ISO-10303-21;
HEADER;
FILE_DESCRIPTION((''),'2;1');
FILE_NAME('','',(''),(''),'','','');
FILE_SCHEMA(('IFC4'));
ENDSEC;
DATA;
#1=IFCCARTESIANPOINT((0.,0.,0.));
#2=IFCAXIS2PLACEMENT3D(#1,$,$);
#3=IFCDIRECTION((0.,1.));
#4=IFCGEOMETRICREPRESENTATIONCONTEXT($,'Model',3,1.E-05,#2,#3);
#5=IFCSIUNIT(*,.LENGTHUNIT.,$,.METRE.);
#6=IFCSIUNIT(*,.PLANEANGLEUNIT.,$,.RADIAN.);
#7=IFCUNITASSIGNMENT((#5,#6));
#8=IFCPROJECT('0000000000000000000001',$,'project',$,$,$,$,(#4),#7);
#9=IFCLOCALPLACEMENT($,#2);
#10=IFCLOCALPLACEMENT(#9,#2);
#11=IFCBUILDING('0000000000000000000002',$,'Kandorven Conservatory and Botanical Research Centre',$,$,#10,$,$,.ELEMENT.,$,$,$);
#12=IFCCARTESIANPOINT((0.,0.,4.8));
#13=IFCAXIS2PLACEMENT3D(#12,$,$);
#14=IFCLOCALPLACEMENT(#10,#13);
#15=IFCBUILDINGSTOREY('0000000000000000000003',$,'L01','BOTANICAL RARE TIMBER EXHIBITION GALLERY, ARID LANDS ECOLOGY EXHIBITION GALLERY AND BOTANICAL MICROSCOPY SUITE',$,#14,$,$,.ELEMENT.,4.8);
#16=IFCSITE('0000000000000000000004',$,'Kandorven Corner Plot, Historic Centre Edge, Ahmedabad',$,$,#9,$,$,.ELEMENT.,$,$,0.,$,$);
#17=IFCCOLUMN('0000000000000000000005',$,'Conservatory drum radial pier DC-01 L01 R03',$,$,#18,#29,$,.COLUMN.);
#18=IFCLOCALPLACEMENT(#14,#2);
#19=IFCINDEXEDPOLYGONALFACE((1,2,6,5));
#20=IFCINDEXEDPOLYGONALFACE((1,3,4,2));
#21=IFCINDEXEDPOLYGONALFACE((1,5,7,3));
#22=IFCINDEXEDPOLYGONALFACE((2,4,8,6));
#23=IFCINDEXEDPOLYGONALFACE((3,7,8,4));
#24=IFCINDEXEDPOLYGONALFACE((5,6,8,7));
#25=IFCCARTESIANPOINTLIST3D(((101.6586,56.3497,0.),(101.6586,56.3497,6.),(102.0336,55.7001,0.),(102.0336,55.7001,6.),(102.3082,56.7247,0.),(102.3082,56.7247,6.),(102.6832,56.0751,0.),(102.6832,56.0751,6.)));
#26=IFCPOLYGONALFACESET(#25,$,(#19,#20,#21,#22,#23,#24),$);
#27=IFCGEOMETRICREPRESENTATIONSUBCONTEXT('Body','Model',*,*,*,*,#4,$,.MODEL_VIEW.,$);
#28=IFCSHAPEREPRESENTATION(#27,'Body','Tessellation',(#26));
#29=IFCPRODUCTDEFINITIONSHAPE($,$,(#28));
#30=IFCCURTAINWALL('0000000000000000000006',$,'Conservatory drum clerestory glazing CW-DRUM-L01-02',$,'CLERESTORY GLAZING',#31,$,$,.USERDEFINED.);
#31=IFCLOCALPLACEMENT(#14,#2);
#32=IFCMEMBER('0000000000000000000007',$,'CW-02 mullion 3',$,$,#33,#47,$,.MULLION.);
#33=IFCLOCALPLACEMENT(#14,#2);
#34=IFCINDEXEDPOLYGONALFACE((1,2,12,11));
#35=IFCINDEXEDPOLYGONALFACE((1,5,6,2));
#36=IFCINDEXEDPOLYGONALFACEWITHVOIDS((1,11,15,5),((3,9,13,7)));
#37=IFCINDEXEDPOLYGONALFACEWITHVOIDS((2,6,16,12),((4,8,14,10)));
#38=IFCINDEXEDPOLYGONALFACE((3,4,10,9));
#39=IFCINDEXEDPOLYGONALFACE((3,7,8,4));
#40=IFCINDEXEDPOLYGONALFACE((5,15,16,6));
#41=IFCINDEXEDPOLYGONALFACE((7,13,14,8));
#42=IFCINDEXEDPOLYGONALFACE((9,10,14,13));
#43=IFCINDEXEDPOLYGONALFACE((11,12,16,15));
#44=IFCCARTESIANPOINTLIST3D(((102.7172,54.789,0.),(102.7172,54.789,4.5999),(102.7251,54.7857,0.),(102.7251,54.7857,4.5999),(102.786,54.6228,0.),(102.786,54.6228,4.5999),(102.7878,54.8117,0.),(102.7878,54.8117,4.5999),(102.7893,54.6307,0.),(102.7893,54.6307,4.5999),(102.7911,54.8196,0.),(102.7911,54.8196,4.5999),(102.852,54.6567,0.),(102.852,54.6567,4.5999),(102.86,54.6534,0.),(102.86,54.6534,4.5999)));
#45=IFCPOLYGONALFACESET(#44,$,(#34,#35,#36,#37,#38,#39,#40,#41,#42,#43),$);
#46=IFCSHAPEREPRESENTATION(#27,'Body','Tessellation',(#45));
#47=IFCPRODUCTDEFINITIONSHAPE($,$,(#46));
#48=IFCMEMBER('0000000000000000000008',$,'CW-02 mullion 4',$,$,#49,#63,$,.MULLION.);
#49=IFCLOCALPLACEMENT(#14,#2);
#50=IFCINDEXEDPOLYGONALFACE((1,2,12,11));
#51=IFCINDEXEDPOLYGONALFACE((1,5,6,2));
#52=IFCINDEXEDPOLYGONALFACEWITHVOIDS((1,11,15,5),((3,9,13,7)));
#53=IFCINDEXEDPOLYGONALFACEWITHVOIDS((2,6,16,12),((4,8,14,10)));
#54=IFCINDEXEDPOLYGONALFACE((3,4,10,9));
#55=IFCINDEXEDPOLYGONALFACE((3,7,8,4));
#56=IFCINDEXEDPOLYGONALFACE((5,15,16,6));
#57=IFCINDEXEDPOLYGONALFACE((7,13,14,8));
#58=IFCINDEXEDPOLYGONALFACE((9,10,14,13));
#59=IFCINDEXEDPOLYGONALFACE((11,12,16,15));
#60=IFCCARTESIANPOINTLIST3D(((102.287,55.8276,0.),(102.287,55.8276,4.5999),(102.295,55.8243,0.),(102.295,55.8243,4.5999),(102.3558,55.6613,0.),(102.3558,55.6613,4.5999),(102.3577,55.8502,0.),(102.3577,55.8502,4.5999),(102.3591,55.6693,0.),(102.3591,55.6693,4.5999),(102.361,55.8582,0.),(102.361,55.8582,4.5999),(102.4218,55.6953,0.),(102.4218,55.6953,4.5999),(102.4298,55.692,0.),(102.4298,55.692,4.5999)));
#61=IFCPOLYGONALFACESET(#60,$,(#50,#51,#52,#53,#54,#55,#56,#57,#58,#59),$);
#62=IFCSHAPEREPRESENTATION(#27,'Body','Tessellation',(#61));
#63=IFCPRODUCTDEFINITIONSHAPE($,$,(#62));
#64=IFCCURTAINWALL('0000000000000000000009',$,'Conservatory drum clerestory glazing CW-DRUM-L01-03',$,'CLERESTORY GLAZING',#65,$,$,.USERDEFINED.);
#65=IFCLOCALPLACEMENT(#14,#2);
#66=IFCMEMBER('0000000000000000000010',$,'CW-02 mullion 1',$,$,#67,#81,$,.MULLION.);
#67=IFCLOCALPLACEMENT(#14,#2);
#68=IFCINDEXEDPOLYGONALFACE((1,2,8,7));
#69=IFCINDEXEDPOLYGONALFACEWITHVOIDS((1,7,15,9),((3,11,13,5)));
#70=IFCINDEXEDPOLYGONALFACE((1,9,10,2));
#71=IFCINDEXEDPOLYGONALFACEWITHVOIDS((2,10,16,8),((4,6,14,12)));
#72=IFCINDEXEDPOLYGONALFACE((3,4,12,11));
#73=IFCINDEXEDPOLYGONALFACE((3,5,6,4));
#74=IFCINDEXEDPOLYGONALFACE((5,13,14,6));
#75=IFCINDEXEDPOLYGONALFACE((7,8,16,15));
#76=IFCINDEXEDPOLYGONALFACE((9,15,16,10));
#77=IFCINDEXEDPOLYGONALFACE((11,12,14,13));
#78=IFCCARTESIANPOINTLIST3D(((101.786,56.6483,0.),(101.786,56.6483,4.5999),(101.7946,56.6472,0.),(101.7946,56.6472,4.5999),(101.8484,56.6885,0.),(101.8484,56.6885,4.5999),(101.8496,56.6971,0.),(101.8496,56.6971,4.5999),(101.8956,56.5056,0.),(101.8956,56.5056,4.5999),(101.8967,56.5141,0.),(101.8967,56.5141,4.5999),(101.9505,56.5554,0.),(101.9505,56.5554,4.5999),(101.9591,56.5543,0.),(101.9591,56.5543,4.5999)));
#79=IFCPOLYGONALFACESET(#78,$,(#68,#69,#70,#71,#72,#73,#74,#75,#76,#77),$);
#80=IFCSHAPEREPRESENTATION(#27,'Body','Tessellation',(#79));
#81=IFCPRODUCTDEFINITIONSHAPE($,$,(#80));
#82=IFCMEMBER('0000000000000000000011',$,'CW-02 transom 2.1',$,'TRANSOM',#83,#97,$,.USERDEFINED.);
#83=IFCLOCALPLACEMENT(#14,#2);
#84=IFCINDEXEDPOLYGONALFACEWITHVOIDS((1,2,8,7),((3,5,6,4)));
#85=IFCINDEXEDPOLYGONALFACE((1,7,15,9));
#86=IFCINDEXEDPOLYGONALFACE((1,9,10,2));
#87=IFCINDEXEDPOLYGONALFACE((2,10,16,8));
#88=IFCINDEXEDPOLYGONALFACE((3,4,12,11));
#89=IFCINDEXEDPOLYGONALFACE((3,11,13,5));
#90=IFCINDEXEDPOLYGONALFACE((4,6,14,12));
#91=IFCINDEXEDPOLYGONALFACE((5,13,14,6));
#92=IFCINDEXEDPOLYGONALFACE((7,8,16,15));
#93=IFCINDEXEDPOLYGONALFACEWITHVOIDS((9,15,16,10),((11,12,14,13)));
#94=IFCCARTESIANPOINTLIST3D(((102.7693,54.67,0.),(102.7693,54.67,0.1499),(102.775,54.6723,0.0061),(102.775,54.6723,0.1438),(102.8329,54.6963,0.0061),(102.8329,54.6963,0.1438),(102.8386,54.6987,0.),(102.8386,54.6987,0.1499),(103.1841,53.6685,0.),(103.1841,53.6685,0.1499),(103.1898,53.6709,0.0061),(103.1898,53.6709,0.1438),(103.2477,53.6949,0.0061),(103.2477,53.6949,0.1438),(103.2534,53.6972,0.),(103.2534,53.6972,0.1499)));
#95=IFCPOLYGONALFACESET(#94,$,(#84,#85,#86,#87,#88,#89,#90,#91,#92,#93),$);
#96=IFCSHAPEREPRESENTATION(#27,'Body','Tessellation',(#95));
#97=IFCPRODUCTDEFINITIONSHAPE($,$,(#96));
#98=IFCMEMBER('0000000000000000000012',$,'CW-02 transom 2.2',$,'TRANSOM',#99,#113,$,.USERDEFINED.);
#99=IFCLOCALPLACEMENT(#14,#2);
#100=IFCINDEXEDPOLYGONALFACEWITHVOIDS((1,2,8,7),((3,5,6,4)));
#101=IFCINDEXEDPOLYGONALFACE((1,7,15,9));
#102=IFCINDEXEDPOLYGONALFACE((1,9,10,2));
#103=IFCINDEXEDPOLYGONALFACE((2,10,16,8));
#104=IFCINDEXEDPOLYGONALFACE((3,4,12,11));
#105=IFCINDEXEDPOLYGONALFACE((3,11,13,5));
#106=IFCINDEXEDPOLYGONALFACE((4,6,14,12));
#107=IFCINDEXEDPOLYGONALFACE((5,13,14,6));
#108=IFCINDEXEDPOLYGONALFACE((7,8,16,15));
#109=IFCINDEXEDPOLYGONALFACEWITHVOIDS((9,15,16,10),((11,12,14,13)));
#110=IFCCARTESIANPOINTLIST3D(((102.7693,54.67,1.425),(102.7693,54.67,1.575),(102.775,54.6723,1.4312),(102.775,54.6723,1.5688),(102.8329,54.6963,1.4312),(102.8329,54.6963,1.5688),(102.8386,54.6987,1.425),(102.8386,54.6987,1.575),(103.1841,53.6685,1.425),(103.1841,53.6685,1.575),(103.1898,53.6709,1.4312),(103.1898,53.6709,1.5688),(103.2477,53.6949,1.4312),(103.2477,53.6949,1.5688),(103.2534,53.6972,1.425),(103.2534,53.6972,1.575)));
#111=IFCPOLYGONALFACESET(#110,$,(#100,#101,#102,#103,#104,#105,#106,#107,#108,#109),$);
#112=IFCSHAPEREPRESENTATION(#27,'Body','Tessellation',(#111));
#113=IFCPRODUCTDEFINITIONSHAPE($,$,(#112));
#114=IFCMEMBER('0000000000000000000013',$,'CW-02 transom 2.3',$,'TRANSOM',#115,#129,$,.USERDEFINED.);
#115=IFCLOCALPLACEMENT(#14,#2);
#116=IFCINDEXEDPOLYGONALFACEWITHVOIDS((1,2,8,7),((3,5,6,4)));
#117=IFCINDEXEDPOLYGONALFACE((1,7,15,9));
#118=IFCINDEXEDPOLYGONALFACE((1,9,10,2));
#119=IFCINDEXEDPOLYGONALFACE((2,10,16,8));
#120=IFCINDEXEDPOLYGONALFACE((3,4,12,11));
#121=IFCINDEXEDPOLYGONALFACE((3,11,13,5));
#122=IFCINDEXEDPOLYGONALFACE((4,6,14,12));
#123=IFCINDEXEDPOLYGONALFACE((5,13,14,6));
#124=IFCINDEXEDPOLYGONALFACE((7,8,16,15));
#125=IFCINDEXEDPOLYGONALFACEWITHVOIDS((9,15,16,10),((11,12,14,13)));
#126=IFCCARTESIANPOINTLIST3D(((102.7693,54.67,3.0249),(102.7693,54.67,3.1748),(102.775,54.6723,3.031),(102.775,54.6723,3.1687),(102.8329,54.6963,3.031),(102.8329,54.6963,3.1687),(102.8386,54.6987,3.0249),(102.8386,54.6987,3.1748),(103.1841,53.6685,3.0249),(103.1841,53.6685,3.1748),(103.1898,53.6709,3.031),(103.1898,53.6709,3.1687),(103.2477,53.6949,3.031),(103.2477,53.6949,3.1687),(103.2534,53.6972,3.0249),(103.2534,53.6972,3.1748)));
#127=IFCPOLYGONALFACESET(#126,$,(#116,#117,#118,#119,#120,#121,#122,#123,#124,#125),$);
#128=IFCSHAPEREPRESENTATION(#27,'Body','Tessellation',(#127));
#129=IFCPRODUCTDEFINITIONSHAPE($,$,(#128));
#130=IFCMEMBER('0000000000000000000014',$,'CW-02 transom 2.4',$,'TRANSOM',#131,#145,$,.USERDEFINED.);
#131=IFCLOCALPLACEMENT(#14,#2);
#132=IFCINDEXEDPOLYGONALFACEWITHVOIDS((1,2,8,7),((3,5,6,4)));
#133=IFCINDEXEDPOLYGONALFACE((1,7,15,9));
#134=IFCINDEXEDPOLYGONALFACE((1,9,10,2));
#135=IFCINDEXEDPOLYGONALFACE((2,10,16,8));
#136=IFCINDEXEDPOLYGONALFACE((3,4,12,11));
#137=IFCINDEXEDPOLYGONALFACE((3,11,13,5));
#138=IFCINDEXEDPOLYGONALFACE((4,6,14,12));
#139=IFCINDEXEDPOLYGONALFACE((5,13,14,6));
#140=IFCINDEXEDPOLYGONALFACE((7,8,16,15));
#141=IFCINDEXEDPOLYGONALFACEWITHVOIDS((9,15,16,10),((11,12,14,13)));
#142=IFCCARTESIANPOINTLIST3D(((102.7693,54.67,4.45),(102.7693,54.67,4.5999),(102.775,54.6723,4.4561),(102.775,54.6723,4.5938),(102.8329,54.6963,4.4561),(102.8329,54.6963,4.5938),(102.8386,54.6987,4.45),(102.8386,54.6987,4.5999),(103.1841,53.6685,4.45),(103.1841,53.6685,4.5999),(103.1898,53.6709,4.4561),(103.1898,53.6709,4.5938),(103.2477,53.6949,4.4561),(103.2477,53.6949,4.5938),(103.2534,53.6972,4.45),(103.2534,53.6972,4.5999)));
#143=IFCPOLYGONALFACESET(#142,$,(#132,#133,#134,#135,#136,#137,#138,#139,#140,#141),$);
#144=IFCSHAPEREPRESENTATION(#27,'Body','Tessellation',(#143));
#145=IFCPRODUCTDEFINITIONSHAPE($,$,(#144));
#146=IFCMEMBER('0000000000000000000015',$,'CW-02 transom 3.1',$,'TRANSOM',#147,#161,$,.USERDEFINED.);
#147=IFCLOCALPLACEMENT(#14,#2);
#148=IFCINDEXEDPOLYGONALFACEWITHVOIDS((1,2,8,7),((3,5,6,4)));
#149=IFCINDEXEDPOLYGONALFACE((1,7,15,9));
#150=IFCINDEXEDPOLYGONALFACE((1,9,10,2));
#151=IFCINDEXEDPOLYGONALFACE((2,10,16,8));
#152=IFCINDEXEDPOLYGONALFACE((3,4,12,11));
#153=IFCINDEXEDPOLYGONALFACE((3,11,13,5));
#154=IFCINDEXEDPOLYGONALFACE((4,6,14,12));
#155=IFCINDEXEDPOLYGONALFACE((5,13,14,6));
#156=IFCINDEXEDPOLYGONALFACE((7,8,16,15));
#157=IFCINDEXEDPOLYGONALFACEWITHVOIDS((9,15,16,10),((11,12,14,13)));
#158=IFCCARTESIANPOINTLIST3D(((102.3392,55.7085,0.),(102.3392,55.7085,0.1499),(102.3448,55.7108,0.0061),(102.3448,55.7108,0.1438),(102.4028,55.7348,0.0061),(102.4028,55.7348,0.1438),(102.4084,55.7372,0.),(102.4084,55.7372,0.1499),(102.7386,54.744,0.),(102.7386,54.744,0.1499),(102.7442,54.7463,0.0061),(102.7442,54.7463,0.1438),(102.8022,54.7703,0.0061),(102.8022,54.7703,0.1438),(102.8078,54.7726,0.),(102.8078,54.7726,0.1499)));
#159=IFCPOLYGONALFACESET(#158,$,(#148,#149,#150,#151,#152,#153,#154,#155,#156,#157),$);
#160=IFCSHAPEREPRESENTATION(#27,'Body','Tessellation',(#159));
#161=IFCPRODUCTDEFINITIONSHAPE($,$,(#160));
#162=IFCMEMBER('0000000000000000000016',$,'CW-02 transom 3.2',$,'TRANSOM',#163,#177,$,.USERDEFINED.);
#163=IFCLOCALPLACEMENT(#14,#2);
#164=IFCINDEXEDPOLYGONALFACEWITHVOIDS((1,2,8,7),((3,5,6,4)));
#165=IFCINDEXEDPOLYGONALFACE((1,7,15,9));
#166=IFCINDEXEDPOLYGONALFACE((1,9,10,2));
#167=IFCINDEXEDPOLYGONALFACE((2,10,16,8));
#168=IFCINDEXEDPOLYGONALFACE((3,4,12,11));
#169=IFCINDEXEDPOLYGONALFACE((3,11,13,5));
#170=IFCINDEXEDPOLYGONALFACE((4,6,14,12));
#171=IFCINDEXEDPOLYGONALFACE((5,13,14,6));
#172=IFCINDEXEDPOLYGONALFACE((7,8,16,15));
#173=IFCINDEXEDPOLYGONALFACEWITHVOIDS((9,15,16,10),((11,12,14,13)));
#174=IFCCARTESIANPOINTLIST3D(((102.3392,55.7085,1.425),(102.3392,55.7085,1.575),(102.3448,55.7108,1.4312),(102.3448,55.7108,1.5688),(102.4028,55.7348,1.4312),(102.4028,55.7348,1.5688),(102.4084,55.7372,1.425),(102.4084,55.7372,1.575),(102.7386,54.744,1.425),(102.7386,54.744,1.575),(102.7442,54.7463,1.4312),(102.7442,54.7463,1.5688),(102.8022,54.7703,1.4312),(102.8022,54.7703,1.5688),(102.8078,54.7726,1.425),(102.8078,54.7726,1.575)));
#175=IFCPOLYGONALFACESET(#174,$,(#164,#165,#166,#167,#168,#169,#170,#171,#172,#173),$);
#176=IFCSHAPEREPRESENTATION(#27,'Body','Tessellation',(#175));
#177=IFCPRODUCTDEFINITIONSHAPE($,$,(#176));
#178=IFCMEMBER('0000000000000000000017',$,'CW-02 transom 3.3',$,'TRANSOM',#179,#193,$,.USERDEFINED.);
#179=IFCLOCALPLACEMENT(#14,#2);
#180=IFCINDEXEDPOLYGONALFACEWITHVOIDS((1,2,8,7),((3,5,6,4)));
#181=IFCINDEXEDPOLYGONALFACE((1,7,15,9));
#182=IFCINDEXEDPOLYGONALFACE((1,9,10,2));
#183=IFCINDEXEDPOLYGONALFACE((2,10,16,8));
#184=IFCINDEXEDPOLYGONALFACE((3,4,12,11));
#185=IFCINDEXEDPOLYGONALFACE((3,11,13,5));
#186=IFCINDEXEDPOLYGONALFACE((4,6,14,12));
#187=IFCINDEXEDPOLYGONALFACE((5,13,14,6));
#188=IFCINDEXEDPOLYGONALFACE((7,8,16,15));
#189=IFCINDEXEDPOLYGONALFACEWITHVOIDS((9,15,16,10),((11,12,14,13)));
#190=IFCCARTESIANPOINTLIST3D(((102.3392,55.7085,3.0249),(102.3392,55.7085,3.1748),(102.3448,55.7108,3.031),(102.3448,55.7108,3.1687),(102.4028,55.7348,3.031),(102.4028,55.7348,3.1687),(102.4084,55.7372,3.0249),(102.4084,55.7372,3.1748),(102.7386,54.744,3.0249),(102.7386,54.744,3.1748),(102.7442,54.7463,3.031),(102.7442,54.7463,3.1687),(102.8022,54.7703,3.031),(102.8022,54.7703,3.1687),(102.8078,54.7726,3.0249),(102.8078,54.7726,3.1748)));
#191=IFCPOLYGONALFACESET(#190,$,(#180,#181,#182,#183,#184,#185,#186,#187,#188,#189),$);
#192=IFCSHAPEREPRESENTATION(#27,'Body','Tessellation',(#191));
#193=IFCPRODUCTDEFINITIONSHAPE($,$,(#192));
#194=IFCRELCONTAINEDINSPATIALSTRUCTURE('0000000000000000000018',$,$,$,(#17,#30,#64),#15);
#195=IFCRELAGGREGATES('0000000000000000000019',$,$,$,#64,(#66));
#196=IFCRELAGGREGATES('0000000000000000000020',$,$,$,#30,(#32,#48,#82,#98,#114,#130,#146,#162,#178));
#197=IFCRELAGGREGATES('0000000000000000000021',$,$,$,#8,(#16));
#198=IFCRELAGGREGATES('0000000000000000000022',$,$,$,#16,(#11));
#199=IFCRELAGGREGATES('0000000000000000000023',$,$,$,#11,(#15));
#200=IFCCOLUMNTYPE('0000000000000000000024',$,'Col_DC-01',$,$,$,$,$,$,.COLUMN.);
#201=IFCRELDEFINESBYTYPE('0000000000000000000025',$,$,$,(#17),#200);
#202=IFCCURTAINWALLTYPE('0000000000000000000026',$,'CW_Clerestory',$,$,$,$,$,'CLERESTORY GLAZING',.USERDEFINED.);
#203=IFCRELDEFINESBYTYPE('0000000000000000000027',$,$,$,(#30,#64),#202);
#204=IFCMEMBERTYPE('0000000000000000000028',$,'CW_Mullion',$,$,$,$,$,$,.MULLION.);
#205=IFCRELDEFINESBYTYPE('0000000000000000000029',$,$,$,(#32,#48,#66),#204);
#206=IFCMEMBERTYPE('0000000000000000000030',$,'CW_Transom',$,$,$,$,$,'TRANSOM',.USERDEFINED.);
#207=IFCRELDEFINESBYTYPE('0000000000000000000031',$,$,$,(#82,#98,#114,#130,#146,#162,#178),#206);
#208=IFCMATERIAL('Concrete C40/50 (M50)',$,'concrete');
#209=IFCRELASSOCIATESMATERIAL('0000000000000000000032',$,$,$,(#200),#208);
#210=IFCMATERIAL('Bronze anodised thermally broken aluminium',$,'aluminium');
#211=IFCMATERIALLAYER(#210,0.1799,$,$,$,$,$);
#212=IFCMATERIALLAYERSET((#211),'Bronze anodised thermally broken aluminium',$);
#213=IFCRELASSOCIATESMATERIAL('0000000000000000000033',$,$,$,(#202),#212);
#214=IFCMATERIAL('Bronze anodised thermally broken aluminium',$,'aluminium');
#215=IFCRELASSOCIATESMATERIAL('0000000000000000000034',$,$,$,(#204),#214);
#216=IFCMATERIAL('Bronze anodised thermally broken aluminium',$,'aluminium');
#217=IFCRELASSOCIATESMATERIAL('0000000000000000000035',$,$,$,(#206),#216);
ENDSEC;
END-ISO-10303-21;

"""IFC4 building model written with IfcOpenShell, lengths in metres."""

from ifc_helpers import new_model, si_unit, direction, frame, origin, origin_2d, place, context, subcontext, project, spatial, rectangle, hollow_rectangle, extrude, material, layer, layer_set, material_profile, profile_set, type_object, element, aggregate, save


model = new_model("IFC4")

# Units and contexts
model_context = context("Model", 3, precision=1e-05, world=origin(), true_north=direction((0.0, 1.0)))
body_context = subcontext(model_context, "Body", "Model", "MODEL_VIEW")
ifc_project = project(units=[si_unit("LENGTHUNIT", "METRE"), si_unit("PLANEANGLEUNIT", "RADIAN")], contexts=[model_context])

# Site, building, storey
site_placement = place(None, origin())
site = spatial("IfcSite", under=ifc_project, at=site_placement, Name="Kandorven Corner Plot, Historic Centre Edge, Ahmedabad", CompositionType="ELEMENT", RefElevation=0.0)
building_placement = place(site_placement, origin())
building = spatial("IfcBuilding", under=site, at=building_placement, Name="Kandorven Conservatory and Botanical Research Centre", CompositionType="ELEMENT")
storey_placement = place(building_placement, frame((0.0, 0.0, 4.8)))
storey = spatial("IfcBuildingStorey", under=building, at=storey_placement, Name="L01", Description="BOTANICAL RARE TIMBER EXHIBITION GALLERY, ARID LANDS ECOLOGY EXHIBITION GALLERY AND BOTANICAL MICROSCOPY SUITE", CompositionType="ELEMENT", Elevation=4.8)

# Column
ifc_material_1 = material(Name="Concrete C40/50 (M50)", Category="concrete")
ifc_material_profile_1 = material_profile(ifc_material_1, rectangle(XDim=0.75, YDim=0.75, at=origin_2d()))
ifc_profile_set_1 = profile_set([ifc_material_profile_1], Name="Concrete C40/50 (M50)")
column_type = type_object("IfcColumnType", Name="Col_DC-01", PredefinedType="COLUMN", material=ifc_profile_set_1)
column_placement = place(storey_placement, frame((102.1709, 56.2124, 0.0), z_axis=(0.0, 0.0, 1.0), x_axis=(0.866025, 0.5, 0.0)))
element("IfcColumn", 1, at=column_placement, inside=storey, type_object=column_type, Name="Conservatory drum radial pier DC-01 L01 R03", PredefinedType="COLUMN", context=body_context, shape_type="SweptSolid", body=[
    extrude(rectangle(XDim=0.75, YDim=0.75, at=origin_2d()), origin(), (0.0, 0.0, 1.0), 6.0),
])

# Curtain wall, members
ifc_material_2 = material(Name="Bronze anodised thermally broken aluminium", Category="aluminium")
ifc_layer_1 = layer(ifc_material_2, 0.1799)
ifc_layer_set_1 = layer_set([ifc_layer_1], Name="Bronze anodised thermally broken aluminium")
curtain_wall_type = type_object("IfcCurtainWallType", Name="CW_Clerestory", ElementType="CLERESTORY GLAZING", PredefinedType="USERDEFINED", material=ifc_layer_set_1)
curtain_wall_1_placement = place(storey_placement, origin())
curtain_wall_1 = element("IfcCurtainWall", 2, at=curtain_wall_1_placement, inside=storey, type_object=curtain_wall_type, Name="Conservatory drum clerestory glazing CW-DRUM-L01-02", ObjectType="CLERESTORY GLAZING", PredefinedType="USERDEFINED")
ifc_material_3 = material(Name="Bronze anodised thermally broken aluminium", Category="aluminium")
ifc_material_profile_2 = material_profile(ifc_material_3, hollow_rectangle(XDim=0.0801, YDim=0.1799, WallThickness=0.0061, at=origin_2d()))
ifc_profile_set_2 = profile_set([ifc_material_profile_2], Name="Bronze anodised thermally broken aluminium")
member_type_1 = type_object("IfcMemberType", Name="CW_Mullion", PredefinedType="MULLION", material=ifc_profile_set_2)
member_1_placement = place(storey_placement, frame((102.7886, 54.7212, 0.0), z_axis=(0.0, 0.0, 1.0), x_axis=(-0.923886, -0.382669, 0.0)))
member_1 = element("IfcMember", 3, at=member_1_placement, type_object=member_type_1, Name="CW-02 mullion 3", PredefinedType="MULLION", context=body_context, shape_type="SweptSolid", body=[
    extrude(hollow_rectangle(XDim=0.0801, YDim=0.1799, WallThickness=0.0061, at=origin_2d()), origin(), (0.0, 0.0, 1.0), 4.5999),
])
member_2_placement = place(storey_placement, frame((102.3584, 55.7598, 0.0), z_axis=(0.0, 0.0, 1.0), x_axis=(-0.923886, -0.382669, 0.0)))
member_2 = element("IfcMember", 4, at=member_2_placement, type_object=member_type_1, Name="CW-02 mullion 4", PredefinedType="MULLION", context=body_context, shape_type="SweptSolid", body=[
    extrude(hollow_rectangle(XDim=0.0801, YDim=0.1799, WallThickness=0.0061, at=origin_2d()), origin(), (0.0, 0.0, 1.0), 4.5999),
])

# Curtain wall, member
curtain_wall_2_placement = place(storey_placement, origin())
curtain_wall_2 = element("IfcCurtainWall", 5, at=curtain_wall_2_placement, inside=storey, type_object=curtain_wall_type, Name="Conservatory drum clerestory glazing CW-DRUM-L01-03", ObjectType="CLERESTORY GLAZING", PredefinedType="USERDEFINED")
member_3_placement = place(storey_placement, frame((101.8726, 56.6013, 0.0), z_axis=(0.0, 0.0, 1.0), x_axis=(-0.793347, -0.608769, 0.0)))
member_3 = element("IfcMember", 6, at=member_3_placement, type_object=member_type_1, Name="CW-02 mullion 1", PredefinedType="MULLION", context=body_context, shape_type="SweptSolid", body=[
    extrude(hollow_rectangle(XDim=0.0801, YDim=0.1799, WallThickness=0.0061, at=origin_2d()), origin(), (0.0, 0.0, 1.0), 4.5999),
])

# Members
ifc_material_4 = material(Name="Bronze anodised thermally broken aluminium", Category="aluminium")
ifc_material_profile_3 = material_profile(ifc_material_4, hollow_rectangle(XDim=0.075, YDim=0.1499, WallThickness=0.0061, at=origin_2d()))
ifc_profile_set_3 = profile_set([ifc_material_profile_3], Name="Bronze anodised thermally broken aluminium")
member_type_2 = type_object("IfcMemberType", Name="CW_Transom", ElementType="TRANSOM", PredefinedType="USERDEFINED", material=ifc_profile_set_3)
member_4_placement = place(storey_placement, frame((103.2188, 53.6829, 0.075), z_axis=(-0.382663, 0.923888, 0.0), x_axis=(-0.923888, -0.382663, 0.0)))
member_4 = element("IfcMember", 7, at=member_4_placement, type_object=member_type_2, Name="CW-02 transom 2.1", ObjectType="TRANSOM", PredefinedType="USERDEFINED", context=body_context, shape_type="SweptSolid", body=[
    extrude(hollow_rectangle(XDim=0.075, YDim=0.1499, WallThickness=0.0061, at=origin_2d()), origin(), (0.0, 0.0, 1.0), 1.084),
])
member_5_placement = place(storey_placement, frame((103.2188, 53.6829, 1.5), z_axis=(-0.382663, 0.923888, 0.0), x_axis=(-0.923888, -0.382663, 0.0)))
member_5 = element("IfcMember", 8, at=member_5_placement, type_object=member_type_2, Name="CW-02 transom 2.2", ObjectType="TRANSOM", PredefinedType="USERDEFINED", context=body_context, shape_type="SweptSolid", body=[
    extrude(hollow_rectangle(XDim=0.075, YDim=0.1499, WallThickness=0.0061, at=origin_2d()), origin(), (0.0, 0.0, 1.0), 1.084),
])
member_6_placement = place(storey_placement, frame((103.2188, 53.6829, 3.0999), z_axis=(-0.382663, 0.923888, 0.0), x_axis=(-0.923888, -0.382663, 0.0)))
member_6 = element("IfcMember", 9, at=member_6_placement, type_object=member_type_2, Name="CW-02 transom 2.3", ObjectType="TRANSOM", PredefinedType="USERDEFINED", context=body_context, shape_type="SweptSolid", body=[
    extrude(hollow_rectangle(XDim=0.075, YDim=0.1499, WallThickness=0.0061, at=origin_2d()), origin(), (0.0, 0.0, 1.0), 1.084),
])
member_7_placement = place(storey_placement, frame((103.2188, 53.6829, 4.5249), z_axis=(-0.382663, 0.923888, 0.0), x_axis=(-0.923888, -0.382663, 0.0)))
member_7 = element("IfcMember", 10, at=member_7_placement, type_object=member_type_2, Name="CW-02 transom 2.4", ObjectType="TRANSOM", PredefinedType="USERDEFINED", context=body_context, shape_type="SweptSolid", body=[
    extrude(hollow_rectangle(XDim=0.075, YDim=0.1499, WallThickness=0.0061, at=origin_2d()), origin(), (0.0, 0.0, 1.0), 1.084),
])
member_8_placement = place(storey_placement, frame((102.7732, 54.7583, 0.075), z_axis=(-0.382572, 0.923926, 0.0), x_axis=(-0.923926, -0.382572, 0.0)))
member_8 = element("IfcMember", 11, at=member_8_placement, type_object=member_type_2, Name="CW-02 transom 3.1", ObjectType="TRANSOM", PredefinedType="USERDEFINED", context=body_context, shape_type="SweptSolid", body=[
    extrude(hollow_rectangle(XDim=0.075, YDim=0.1499, WallThickness=0.0061, at=origin_2d()), origin(), (0.0, 0.0, 1.0), 1.0439),
])
member_9_placement = place(storey_placement, frame((102.7732, 54.7583, 1.5), z_axis=(-0.382572, 0.923926, 0.0), x_axis=(-0.923926, -0.382572, 0.0)))
member_9 = element("IfcMember", 12, at=member_9_placement, type_object=member_type_2, Name="CW-02 transom 3.2", ObjectType="TRANSOM", PredefinedType="USERDEFINED", context=body_context, shape_type="SweptSolid", body=[
    extrude(hollow_rectangle(XDim=0.075, YDim=0.1499, WallThickness=0.0061, at=origin_2d()), origin(), (0.0, 0.0, 1.0), 1.0439),
])
member_10_placement = place(storey_placement, frame((102.7732, 54.7583, 3.0999), z_axis=(-0.382572, 0.923926, 0.0), x_axis=(-0.923926, -0.382572, 0.0)))
member_10 = element("IfcMember", 13, at=member_10_placement, type_object=member_type_2, Name="CW-02 transom 3.3", ObjectType="TRANSOM", PredefinedType="USERDEFINED", context=body_context, shape_type="SweptSolid", body=[
    extrude(hollow_rectangle(XDim=0.075, YDim=0.1499, WallThickness=0.0061, at=origin_2d()), origin(), (0.0, 0.0, 1.0), 1.0439),
])
aggregate(curtain_wall_2, [member_3])

aggregate(curtain_wall_1, [member_1, member_2, member_4, member_5, member_6, member_7, member_8, member_9, member_10])

save(model, "model.ifc")
